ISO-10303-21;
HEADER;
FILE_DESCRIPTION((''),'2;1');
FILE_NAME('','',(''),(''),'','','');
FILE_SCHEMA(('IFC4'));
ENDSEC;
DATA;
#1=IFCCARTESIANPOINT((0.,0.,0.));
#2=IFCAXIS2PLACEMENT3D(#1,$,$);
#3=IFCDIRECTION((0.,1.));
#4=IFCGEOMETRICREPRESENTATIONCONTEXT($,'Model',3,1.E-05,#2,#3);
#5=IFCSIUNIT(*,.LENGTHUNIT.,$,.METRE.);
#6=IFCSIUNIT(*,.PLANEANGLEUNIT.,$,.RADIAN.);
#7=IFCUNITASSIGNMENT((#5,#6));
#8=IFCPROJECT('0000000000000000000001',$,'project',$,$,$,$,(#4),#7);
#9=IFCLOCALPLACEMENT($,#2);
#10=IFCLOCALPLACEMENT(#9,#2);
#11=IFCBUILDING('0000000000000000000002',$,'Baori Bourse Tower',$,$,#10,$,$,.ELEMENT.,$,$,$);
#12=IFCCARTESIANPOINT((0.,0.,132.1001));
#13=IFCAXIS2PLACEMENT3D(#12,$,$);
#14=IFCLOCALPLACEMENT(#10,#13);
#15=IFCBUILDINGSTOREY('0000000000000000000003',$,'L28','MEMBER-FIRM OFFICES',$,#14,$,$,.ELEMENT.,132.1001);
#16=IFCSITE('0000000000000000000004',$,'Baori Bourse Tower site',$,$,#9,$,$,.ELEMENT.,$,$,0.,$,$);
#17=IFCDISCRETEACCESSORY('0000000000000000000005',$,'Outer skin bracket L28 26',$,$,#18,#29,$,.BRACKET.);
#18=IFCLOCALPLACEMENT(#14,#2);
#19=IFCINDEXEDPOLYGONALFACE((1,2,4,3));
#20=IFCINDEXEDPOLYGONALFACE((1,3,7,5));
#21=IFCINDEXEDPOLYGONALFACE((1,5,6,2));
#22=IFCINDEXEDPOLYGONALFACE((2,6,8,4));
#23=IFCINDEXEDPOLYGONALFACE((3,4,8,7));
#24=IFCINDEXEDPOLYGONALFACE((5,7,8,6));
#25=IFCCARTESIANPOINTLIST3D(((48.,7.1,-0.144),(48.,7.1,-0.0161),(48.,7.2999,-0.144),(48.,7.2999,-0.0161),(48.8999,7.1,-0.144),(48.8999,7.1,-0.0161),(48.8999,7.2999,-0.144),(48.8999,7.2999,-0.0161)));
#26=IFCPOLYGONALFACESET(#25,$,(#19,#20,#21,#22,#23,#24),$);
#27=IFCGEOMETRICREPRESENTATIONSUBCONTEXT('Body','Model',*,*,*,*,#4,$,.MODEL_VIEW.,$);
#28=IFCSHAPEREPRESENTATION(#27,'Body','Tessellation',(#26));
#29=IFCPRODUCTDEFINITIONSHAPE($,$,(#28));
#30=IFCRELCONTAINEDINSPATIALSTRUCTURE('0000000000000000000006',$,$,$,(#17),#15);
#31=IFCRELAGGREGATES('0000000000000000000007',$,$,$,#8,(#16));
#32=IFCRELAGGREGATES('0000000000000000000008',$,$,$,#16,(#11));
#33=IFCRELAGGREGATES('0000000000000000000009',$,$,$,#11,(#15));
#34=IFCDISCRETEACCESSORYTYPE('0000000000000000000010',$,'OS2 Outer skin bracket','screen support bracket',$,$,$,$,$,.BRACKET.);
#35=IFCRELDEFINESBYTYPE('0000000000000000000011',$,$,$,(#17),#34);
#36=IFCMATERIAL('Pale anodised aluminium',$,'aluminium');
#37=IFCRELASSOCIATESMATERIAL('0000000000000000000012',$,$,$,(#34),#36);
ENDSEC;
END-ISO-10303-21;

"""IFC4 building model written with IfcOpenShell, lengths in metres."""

from ifc_helpers import new_model, si_unit, direction, frame, origin, origin_2d, place, context, subcontext, project, spatial, rectangle, extrude, material, type_object, element, save


model = new_model("IFC4")

# Units and contexts
model_context = context("Model", 3, precision=1e-05, world=origin(), true_north=direction((0.0, 1.0)))
body_context = subcontext(model_context, "Body", "Model", "MODEL_VIEW")
ifc_project = project(units=[si_unit("LENGTHUNIT", "METRE"), si_unit("PLANEANGLEUNIT", "RADIAN")], contexts=[model_context])

# Site, building, storey
site_placement = place(None, origin())
site = spatial("IfcSite", under=ifc_project, at=site_placement, Name="Baori Bourse Tower site", CompositionType="ELEMENT", RefElevation=0.0)
building_placement = place(site_placement, origin())
building = spatial("IfcBuilding", under=site, at=building_placement, Name="Baori Bourse Tower", CompositionType="ELEMENT")
storey_placement = place(building_placement, frame((0.0, 0.0, 132.1001)))
storey = spatial("IfcBuildingStorey", under=building, at=storey_placement, Name="L28", Description="MEMBER-FIRM OFFICES", CompositionType="ELEMENT", Elevation=132.1001)

# Discrete accessory
ifc_material_1 = material(Name="Pale anodised aluminium", Category="aluminium")
discrete_accessory_type = type_object("IfcDiscreteAccessoryType", Name="OS2 Outer skin bracket", Description="screen support bracket", PredefinedType="BRACKET", material=ifc_material_1)
for number, where, z_axis, x_axis, name in (
    (1, (48.45, 7.2, -0.144), (0.0, 0.0, 1.0), (0.0, 1.0, 0.0), "Outer skin bracket L28 26"),
):
    element("IfcDiscreteAccessory", number, at=place(storey_placement, frame(where, z_axis=z_axis, x_axis=x_axis)), inside=storey, type_object=discrete_accessory_type, Name=name, PredefinedType="BRACKET", context=body_context, shape_type="SweptSolid", body=[
        extrude(rectangle(XDim=0.2, YDim=0.8999, at=origin_2d()), origin(), (0.0, 0.0, 1.0), 0.1279),
    ])

save(model, "model.ifc")
